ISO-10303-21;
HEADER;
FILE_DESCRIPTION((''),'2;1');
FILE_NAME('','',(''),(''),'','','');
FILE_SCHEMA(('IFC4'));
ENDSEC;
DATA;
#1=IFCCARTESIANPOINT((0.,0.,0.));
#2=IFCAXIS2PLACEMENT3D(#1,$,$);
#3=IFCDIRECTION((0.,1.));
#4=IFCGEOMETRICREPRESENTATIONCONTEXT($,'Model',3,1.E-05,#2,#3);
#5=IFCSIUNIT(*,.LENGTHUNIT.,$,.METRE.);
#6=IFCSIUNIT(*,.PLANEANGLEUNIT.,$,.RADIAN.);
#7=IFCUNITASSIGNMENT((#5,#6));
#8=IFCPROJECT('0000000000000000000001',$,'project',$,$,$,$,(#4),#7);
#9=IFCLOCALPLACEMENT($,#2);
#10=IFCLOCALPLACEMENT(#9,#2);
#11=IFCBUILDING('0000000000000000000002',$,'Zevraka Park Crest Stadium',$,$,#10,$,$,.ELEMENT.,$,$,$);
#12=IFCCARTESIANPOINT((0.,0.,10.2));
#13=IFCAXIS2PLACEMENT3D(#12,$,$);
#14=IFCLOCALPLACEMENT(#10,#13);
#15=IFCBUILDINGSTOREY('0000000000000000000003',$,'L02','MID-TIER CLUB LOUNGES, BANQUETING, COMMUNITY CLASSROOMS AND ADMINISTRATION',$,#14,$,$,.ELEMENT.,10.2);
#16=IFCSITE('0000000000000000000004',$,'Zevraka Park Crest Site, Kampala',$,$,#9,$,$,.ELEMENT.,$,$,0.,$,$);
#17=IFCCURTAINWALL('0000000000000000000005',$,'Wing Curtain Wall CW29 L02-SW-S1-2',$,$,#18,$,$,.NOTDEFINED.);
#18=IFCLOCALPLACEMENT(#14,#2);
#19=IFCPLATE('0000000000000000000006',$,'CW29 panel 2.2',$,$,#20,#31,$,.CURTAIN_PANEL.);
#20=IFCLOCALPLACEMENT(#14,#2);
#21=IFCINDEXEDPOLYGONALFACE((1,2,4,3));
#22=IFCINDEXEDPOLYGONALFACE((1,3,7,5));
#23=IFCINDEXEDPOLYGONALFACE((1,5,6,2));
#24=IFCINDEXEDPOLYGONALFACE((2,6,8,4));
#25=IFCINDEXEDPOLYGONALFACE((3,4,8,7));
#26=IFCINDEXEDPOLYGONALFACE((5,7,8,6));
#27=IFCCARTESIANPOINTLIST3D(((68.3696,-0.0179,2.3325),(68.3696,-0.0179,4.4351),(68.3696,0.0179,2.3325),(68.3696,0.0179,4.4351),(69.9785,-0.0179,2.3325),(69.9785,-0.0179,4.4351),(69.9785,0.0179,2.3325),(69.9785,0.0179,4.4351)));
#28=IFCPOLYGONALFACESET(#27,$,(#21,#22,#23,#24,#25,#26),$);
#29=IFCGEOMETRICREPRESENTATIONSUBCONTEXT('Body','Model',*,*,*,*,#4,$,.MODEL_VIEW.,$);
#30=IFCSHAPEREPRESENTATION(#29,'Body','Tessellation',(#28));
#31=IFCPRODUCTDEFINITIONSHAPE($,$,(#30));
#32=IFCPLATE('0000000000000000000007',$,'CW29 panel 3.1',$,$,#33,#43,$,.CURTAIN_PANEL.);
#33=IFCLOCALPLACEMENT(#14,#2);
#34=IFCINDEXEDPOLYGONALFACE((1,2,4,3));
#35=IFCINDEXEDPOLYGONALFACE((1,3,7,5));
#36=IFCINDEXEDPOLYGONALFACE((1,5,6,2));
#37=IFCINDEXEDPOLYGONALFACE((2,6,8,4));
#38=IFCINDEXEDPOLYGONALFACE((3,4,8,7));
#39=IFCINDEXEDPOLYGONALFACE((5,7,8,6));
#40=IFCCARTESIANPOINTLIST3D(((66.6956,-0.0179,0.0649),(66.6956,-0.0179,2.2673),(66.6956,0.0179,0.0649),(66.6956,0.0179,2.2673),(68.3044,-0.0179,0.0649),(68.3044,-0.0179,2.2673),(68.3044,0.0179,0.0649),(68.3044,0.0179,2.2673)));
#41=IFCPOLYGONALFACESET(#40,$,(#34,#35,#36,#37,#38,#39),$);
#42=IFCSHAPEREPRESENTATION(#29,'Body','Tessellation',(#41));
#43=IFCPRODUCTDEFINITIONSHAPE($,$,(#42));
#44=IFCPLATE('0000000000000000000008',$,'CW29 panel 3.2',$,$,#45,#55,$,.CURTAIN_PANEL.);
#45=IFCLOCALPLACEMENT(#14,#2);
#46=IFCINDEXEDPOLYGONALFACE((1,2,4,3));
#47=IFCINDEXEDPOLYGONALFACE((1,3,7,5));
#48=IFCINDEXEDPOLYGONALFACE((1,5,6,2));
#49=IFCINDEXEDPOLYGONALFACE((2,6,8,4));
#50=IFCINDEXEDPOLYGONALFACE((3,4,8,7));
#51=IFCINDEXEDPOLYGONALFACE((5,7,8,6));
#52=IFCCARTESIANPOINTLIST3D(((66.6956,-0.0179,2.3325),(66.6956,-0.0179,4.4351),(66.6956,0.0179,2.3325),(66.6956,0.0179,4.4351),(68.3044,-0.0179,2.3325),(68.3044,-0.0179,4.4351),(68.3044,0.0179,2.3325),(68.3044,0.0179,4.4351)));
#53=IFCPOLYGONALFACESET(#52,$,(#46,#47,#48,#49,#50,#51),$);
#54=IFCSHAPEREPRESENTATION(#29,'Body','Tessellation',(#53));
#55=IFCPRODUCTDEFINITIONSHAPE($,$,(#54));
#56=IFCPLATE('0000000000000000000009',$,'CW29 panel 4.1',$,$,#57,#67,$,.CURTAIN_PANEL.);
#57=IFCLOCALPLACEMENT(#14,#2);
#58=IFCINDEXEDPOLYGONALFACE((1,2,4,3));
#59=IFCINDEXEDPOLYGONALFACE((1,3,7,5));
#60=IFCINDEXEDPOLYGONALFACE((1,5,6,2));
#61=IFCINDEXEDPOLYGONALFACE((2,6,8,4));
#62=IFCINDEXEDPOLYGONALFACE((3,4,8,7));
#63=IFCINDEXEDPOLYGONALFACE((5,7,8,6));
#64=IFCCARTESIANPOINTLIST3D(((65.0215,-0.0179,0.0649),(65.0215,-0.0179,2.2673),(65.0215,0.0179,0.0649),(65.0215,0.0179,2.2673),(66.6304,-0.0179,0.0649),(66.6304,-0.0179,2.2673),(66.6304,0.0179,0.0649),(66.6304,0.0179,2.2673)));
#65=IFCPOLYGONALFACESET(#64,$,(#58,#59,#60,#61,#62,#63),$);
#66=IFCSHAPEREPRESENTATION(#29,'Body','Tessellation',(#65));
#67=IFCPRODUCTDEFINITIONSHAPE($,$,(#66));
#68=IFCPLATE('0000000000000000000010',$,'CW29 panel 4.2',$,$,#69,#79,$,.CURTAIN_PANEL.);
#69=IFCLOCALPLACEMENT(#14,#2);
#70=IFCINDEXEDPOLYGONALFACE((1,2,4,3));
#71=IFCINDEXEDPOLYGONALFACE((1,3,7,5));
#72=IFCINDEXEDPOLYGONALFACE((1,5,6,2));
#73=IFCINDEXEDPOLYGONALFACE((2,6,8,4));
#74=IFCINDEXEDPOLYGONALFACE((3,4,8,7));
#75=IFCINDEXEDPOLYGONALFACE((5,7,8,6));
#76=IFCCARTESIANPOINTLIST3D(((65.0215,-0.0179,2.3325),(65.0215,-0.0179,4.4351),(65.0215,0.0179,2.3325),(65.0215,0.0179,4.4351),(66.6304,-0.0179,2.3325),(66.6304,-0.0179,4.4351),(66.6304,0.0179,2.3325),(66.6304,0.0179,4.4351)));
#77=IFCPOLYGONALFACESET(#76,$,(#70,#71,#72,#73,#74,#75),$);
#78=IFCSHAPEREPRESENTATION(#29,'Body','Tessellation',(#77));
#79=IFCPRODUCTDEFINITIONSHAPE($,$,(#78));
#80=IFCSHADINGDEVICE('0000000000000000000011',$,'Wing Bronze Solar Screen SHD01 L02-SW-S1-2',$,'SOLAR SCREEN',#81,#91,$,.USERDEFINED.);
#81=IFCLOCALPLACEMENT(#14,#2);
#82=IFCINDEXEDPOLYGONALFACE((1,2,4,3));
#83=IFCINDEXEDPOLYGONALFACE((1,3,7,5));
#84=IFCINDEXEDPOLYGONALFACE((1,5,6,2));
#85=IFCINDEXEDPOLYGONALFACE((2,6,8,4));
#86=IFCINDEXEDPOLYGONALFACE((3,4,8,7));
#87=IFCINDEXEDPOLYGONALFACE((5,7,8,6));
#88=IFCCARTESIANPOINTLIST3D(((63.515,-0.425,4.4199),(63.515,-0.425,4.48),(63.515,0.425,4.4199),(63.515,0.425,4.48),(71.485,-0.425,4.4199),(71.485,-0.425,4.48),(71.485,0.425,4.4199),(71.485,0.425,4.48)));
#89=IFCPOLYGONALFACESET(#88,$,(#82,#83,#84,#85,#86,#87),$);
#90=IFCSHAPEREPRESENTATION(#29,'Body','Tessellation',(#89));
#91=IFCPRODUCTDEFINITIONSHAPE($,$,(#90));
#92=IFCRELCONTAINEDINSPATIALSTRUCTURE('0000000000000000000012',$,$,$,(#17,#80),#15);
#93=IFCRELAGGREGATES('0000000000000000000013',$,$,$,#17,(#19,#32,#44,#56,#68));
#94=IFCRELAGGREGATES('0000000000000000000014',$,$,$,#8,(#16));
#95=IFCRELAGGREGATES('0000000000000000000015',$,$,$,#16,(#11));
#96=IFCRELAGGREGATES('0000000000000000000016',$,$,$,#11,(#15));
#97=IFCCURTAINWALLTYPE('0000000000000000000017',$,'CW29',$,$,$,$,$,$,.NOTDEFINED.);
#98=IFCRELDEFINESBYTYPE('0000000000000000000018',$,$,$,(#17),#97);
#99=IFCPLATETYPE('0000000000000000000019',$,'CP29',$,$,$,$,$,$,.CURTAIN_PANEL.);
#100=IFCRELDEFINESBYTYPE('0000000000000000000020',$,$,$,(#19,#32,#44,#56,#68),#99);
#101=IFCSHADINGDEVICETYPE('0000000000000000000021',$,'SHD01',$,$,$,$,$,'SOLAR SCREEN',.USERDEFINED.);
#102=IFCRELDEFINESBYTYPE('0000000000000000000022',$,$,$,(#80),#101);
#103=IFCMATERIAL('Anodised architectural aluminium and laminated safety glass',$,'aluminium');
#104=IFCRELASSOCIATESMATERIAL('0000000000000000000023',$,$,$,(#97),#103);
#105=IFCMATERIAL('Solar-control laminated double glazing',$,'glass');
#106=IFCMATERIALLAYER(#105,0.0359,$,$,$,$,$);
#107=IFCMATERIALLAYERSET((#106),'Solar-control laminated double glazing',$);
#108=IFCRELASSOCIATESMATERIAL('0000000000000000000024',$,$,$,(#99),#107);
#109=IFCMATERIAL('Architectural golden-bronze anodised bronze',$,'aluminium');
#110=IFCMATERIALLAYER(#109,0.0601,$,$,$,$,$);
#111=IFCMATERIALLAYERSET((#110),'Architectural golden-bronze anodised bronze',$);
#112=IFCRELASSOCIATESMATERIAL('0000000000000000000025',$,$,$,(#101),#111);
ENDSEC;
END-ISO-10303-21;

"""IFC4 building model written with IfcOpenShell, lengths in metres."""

from ifc_helpers import new_model, si_unit, direction, frame, origin, origin_2d, place, context, subcontext, project, spatial, rectangle, extrude, material, layer, layer_set, type_object, element, aggregate, save


model = new_model("IFC4")

# Units and contexts
model_context = context("Model", 3, precision=1e-05, world=origin(), true_north=direction((0.0, 1.0)))
body_context = subcontext(model_context, "Body", "Model", "MODEL_VIEW")
ifc_project = project(units=[si_unit("LENGTHUNIT", "METRE"), si_unit("PLANEANGLEUNIT", "RADIAN")], contexts=[model_context])

# Site, building, storey
site_placement = place(None, origin())
site = spatial("IfcSite", under=ifc_project, at=site_placement, Name="Zevraka Park Crest Site, Kampala", CompositionType="ELEMENT", RefElevation=0.0)
building_placement = place(site_placement, origin())
building = spatial("IfcBuilding", under=site, at=building_placement, Name="Zevraka Park Crest Stadium", CompositionType="ELEMENT")
storey_placement = place(building_placement, frame((0.0, 0.0, 10.2)))
storey = spatial("IfcBuildingStorey", under=building, at=storey_placement, Name="L02", Description="MID-TIER CLUB LOUNGES, BANQUETING, COMMUNITY CLASSROOMS AND ADMINISTRATION", CompositionType="ELEMENT", Elevation=10.2)

# Curtain wall, plates
ifc_material_1 = material(Name="Anodised architectural aluminium and laminated safety glass", Category="aluminium")
curtain_wall_type = type_object("IfcCurtainWallType", Name="CW29", PredefinedType="NOTDEFINED", material=ifc_material_1)
curtain_wall_placement = place(storey_placement, origin())
curtain_wall = element("IfcCurtainWall", 1, at=curtain_wall_placement, inside=storey, type_object=curtain_wall_type, Name="Wing Curtain Wall CW29 L02-SW-S1-2", PredefinedType="NOTDEFINED")
ifc_material_2 = material(Name="Solar-control laminated double glazing", Category="glass")
ifc_layer_1 = layer(ifc_material_2, 0.0359)
ifc_layer_set_1 = layer_set([ifc_layer_1], Name="Solar-control laminated double glazing")
plate_type = type_object("IfcPlateType", Name="CP29", PredefinedType="CURTAIN_PANEL", material=ifc_layer_set_1)
plate_1_placement = place(storey_placement, frame((69.1741, 0.0, 2.3325), z_axis=(0.0, 0.0, 1.0), x_axis=(-1.0, 0.0, 0.0)))
plate_1 = element("IfcPlate", 2, at=plate_1_placement, type_object=plate_type, Name="CW29 panel 2.2", PredefinedType="CURTAIN_PANEL", context=body_context, shape_type="SweptSolid", body=[
    extrude(rectangle(XDim=1.6089, YDim=0.0359, at=origin_2d()), origin(), (0.0, 0.0, 1.0), 2.1025),
])
plate_2_placement = place(storey_placement, frame((67.5, 0.0, 0.0649), z_axis=(0.0, 0.0, 1.0), x_axis=(-1.0, 0.0, 0.0)))
plate_2 = element("IfcPlate", 3, at=plate_2_placement, type_object=plate_type, Name="CW29 panel 3.1", PredefinedType="CURTAIN_PANEL", context=body_context, shape_type="SweptSolid", body=[
    extrude(rectangle(XDim=1.6089, YDim=0.0359, at=origin_2d()), origin(), (0.0, 0.0, 1.0), 2.2024),
])
plate_3_placement = place(storey_placement, frame((67.5, 0.0, 2.3325), z_axis=(0.0, 0.0, 1.0), x_axis=(-1.0, 0.0, 0.0)))
plate_3 = element("IfcPlate", 4, at=plate_3_placement, type_object=plate_type, Name="CW29 panel 3.2", PredefinedType="CURTAIN_PANEL", context=body_context, shape_type="SweptSolid", body=[
    extrude(rectangle(XDim=1.6089, YDim=0.0359, at=origin_2d()), origin(), (0.0, 0.0, 1.0), 2.1025),
])
plate_4_placement = place(storey_placement, frame((65.8259, 0.0, 0.0649), z_axis=(0.0, 0.0, 1.0), x_axis=(-1.0, 0.0, 0.0)))
plate_4 = element("IfcPlate", 5, at=plate_4_placement, type_object=plate_type, Name="CW29 panel 4.1", PredefinedType="CURTAIN_PANEL", context=body_context, shape_type="SweptSolid", body=[
    extrude(rectangle(XDim=1.6089, YDim=0.0359, at=origin_2d()), origin(), (0.0, 0.0, 1.0), 2.2024),
])
plate_5_placement = place(storey_placement, frame((65.8259, 0.0, 2.3325), z_axis=(0.0, 0.0, 1.0), x_axis=(-1.0, 0.0, 0.0)))
plate_5 = element("IfcPlate", 6, at=plate_5_placement, type_object=plate_type, Name="CW29 panel 4.2", PredefinedType="CURTAIN_PANEL", context=body_context, shape_type="SweptSolid", body=[
    extrude(rectangle(XDim=1.6089, YDim=0.0359, at=origin_2d()), origin(), (0.0, 0.0, 1.0), 2.1025),
])
aggregate(curtain_wall, [plate_1, plate_2, plate_3, plate_4, plate_5])

# Shading device
ifc_material_3 = material(Name="Architectural golden-bronze anodised bronze", Category="aluminium")
ifc_layer_2 = layer(ifc_material_3, 0.0601)
ifc_layer_set_2 = layer_set([ifc_layer_2], Name="Architectural golden-bronze anodised bronze")
shading_device_type = type_object("IfcShadingDeviceType", Name="SHD01", ElementType="SOLAR SCREEN", PredefinedType="USERDEFINED", material=ifc_layer_set_2)
shading_device_placement = place(storey_placement, frame((67.5, 0.0, 4.4199), z_axis=(0.0, 0.0, 1.0), x_axis=(-1.0, 0.0, 0.0)))
element("IfcShadingDevice", 7, at=shading_device_placement, inside=storey, type_object=shading_device_type, Name="Wing Bronze Solar Screen SHD01 L02-SW-S1-2", ObjectType="SOLAR SCREEN", PredefinedType="USERDEFINED", context=body_context, shape_type="SweptSolid", body=[
    extrude(rectangle(XDim=7.97, YDim=0.8501, at=origin_2d()), origin(), (0.0, 0.0, 1.0), 0.0601),
])

save(model, "model.ifc")
